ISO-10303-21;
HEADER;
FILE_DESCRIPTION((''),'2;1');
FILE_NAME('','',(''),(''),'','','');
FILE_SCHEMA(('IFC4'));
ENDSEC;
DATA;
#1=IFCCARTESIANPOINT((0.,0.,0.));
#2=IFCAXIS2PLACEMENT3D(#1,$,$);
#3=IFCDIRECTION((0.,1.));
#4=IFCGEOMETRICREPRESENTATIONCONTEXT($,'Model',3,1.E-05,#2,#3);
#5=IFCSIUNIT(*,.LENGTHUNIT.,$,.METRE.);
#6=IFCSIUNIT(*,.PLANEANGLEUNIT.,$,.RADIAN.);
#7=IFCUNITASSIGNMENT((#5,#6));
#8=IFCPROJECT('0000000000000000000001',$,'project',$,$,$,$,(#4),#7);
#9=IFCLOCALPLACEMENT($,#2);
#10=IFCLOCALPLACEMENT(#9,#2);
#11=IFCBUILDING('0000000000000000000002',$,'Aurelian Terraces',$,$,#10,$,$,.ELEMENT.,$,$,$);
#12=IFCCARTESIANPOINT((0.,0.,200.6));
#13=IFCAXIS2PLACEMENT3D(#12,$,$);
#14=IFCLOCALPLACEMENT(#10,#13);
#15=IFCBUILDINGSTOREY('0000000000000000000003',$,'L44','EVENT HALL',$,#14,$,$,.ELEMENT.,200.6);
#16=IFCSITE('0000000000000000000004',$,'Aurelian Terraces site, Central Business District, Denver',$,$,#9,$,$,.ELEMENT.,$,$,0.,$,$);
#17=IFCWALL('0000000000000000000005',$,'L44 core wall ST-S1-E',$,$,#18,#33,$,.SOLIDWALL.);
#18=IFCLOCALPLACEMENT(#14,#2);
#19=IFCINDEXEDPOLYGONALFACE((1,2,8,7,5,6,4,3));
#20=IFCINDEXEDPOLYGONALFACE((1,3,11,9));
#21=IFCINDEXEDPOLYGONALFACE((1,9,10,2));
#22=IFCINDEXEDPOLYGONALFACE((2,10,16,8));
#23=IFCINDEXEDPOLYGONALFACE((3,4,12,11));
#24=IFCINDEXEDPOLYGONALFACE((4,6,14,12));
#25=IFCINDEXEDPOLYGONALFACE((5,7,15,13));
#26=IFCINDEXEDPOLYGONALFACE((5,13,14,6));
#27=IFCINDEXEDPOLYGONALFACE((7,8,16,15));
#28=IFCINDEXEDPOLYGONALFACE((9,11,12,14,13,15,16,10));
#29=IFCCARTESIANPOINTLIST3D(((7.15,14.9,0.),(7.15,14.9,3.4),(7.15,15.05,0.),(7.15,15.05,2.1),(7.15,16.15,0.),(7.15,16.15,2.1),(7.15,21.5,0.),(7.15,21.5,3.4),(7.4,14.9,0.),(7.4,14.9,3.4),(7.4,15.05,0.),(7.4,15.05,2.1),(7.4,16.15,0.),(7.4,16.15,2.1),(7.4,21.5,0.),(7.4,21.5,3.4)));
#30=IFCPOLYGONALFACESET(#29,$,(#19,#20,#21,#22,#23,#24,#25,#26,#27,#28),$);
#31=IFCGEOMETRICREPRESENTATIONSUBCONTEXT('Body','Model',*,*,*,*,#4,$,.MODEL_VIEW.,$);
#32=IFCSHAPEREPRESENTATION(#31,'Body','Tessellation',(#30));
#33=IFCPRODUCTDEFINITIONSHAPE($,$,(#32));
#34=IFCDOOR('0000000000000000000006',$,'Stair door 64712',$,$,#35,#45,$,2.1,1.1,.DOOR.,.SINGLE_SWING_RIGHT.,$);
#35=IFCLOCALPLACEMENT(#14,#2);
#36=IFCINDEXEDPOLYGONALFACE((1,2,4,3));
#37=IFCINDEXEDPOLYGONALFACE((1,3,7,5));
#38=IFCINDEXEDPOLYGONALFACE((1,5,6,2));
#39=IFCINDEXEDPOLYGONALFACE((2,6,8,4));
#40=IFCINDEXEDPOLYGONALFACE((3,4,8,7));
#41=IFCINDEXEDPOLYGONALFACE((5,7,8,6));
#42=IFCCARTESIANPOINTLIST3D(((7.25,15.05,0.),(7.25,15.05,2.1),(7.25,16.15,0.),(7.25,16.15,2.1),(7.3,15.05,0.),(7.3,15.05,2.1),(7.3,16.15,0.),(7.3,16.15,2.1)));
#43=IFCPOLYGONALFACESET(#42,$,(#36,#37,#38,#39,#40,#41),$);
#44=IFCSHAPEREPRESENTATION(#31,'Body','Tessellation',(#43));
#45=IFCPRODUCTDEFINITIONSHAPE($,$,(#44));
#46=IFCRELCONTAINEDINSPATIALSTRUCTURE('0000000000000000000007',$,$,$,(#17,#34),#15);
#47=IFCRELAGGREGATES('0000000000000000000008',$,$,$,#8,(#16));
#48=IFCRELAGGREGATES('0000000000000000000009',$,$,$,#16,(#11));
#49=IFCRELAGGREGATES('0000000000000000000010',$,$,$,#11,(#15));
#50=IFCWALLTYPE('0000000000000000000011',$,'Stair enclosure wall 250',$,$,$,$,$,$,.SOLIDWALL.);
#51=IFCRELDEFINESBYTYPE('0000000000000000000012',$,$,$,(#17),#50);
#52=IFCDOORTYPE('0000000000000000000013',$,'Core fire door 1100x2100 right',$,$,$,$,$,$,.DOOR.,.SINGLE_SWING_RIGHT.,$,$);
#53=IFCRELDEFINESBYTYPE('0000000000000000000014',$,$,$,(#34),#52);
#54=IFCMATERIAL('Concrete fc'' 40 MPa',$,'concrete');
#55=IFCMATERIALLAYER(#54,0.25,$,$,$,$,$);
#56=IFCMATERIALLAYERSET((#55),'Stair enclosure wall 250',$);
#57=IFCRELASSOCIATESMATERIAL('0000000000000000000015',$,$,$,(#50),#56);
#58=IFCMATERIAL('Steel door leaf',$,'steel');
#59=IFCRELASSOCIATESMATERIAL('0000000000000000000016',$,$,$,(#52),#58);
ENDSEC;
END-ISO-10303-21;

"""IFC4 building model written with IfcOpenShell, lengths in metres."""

from ifc_helpers import new_model, si_unit, direction, frame, frame_2d, origin, place, context, subcontext, project, spatial, rectangle, extrude, source, transform, mapped, material, layer, layer_set, type_object, element, fill, save


model = new_model("IFC4")

# Units and contexts
model_context = context("Model", 3, precision=1e-05, world=origin(), true_north=direction((0.0, 1.0)))
body_context = subcontext(model_context, "Body", "Model", "MODEL_VIEW")
ifc_project = project(units=[si_unit("LENGTHUNIT", "METRE"), si_unit("PLANEANGLEUNIT", "RADIAN")], contexts=[model_context])

# Site, building, storey
site_placement = place(None, origin())
site = spatial("IfcSite", under=ifc_project, at=site_placement, Name="Aurelian Terraces site, Central Business District, Denver", CompositionType="ELEMENT", RefElevation=0.0)
building_placement = place(site_placement, origin())
building = spatial("IfcBuilding", under=site, at=building_placement, Name="Aurelian Terraces", CompositionType="ELEMENT")
storey_placement = place(building_placement, frame((0.0, 0.0, 200.6)))
storey = spatial("IfcBuildingStorey", under=building, at=storey_placement, Name="L44", Description="EVENT HALL", CompositionType="ELEMENT", Elevation=200.6)

# Shared definitions
ifc_material_1 = material(Name="Concrete fc' 40 MPa", Category="concrete")

# Shared definitions
shared_shape_1 = source(origin(), body_context, "Body", "SweptSolid", [
    extrude(rectangle(XDim=1.1, YDim=2.1, at=frame_2d((0.55, 1.05))), frame((0.0, 0.025, 0.0), z_axis=(0.0, -1.0, 0.0), x_axis=(1.0, 0.0, 0.0)), (0.0, 0.0, 1.0), 0.05),
])

# Shared definitions
ifc_material_2 = material(Name="Steel door leaf", Category="steel")

# Wall, opening, door
ifc_layer_1 = layer(ifc_material_1, 0.25)
ifc_layer_set_1 = layer_set([ifc_layer_1], Name="Stair enclosure wall 250")
wall_type_1 = type_object("IfcWallType", Name="Stair enclosure wall 250", PredefinedType="SOLIDWALL", material=ifc_layer_set_1)
shared_shape_2 = source(origin(), body_context, "Body", "SweptSolid", [
    extrude(rectangle(XDim=6.6, YDim=0.25, at=frame_2d((3.3, 0.0))), origin(), (0.0, 0.0, 1.0), 3.4),
])
wall_1_placement = place(storey_placement, frame((7.275, 14.9, 0.0), z_axis=(0.0, 0.0, 1.0), x_axis=(0.0, 1.0, 0.0)))
wall_1 = element("IfcWall", 1, at=wall_1_placement, inside=storey, type_object=wall_type_1, Name="L44 core wall ST-S1-E", PredefinedType="SOLIDWALL", context=body_context, shape_type="MappedRepresentation", body=[
    mapped(shared_shape_2, transform((0.0, 0.0, 0.0), scale=1.0)),
])
shared_shape_3 = source(origin(), body_context, "Body", "SweptSolid", [
    extrude(rectangle(XDim=1.1, YDim=2.1, at=frame_2d((0.55, 1.05))), frame((0.0, 0.135, 0.0), z_axis=(0.0, -1.0, 0.0), x_axis=(1.0, 0.0, 0.0)), (0.0, 0.0, 1.0), 0.27),
])
opening_1_placement = place(wall_1_placement, frame((0.15, 0.0, 0.0)))
opening_1 = element("IfcOpeningElement", 2, at=opening_1_placement, cuts=wall_1, PredefinedType="OPENING", context=body_context, shape_type="MappedRepresentation", body=[
    mapped(shared_shape_3, transform((0.0, 0.0, 0.0), scale=1.0)),
])
door_type_1 = type_object("IfcDoorType", Name="Core fire door 1100x2100 right", OperationType="SINGLE_SWING_RIGHT", PredefinedType="DOOR", material=ifc_material_2)
door_1_placement = place(opening_1_placement, origin())
door_1 = element("IfcDoor", 3, at=door_1_placement, inside=storey, type_object=door_type_1, Name="Stair door 64712", OperationType="SINGLE_SWING_RIGHT", OverallHeight=2.1, OverallWidth=1.1, PredefinedType="DOOR", context=body_context, shape_type="MappedRepresentation", body=[
    mapped(shared_shape_1, transform((0.0, 0.0, 0.0), scale=1.0)),
])
fill(opening_1, door_1)

save(model, "model.ifc")
